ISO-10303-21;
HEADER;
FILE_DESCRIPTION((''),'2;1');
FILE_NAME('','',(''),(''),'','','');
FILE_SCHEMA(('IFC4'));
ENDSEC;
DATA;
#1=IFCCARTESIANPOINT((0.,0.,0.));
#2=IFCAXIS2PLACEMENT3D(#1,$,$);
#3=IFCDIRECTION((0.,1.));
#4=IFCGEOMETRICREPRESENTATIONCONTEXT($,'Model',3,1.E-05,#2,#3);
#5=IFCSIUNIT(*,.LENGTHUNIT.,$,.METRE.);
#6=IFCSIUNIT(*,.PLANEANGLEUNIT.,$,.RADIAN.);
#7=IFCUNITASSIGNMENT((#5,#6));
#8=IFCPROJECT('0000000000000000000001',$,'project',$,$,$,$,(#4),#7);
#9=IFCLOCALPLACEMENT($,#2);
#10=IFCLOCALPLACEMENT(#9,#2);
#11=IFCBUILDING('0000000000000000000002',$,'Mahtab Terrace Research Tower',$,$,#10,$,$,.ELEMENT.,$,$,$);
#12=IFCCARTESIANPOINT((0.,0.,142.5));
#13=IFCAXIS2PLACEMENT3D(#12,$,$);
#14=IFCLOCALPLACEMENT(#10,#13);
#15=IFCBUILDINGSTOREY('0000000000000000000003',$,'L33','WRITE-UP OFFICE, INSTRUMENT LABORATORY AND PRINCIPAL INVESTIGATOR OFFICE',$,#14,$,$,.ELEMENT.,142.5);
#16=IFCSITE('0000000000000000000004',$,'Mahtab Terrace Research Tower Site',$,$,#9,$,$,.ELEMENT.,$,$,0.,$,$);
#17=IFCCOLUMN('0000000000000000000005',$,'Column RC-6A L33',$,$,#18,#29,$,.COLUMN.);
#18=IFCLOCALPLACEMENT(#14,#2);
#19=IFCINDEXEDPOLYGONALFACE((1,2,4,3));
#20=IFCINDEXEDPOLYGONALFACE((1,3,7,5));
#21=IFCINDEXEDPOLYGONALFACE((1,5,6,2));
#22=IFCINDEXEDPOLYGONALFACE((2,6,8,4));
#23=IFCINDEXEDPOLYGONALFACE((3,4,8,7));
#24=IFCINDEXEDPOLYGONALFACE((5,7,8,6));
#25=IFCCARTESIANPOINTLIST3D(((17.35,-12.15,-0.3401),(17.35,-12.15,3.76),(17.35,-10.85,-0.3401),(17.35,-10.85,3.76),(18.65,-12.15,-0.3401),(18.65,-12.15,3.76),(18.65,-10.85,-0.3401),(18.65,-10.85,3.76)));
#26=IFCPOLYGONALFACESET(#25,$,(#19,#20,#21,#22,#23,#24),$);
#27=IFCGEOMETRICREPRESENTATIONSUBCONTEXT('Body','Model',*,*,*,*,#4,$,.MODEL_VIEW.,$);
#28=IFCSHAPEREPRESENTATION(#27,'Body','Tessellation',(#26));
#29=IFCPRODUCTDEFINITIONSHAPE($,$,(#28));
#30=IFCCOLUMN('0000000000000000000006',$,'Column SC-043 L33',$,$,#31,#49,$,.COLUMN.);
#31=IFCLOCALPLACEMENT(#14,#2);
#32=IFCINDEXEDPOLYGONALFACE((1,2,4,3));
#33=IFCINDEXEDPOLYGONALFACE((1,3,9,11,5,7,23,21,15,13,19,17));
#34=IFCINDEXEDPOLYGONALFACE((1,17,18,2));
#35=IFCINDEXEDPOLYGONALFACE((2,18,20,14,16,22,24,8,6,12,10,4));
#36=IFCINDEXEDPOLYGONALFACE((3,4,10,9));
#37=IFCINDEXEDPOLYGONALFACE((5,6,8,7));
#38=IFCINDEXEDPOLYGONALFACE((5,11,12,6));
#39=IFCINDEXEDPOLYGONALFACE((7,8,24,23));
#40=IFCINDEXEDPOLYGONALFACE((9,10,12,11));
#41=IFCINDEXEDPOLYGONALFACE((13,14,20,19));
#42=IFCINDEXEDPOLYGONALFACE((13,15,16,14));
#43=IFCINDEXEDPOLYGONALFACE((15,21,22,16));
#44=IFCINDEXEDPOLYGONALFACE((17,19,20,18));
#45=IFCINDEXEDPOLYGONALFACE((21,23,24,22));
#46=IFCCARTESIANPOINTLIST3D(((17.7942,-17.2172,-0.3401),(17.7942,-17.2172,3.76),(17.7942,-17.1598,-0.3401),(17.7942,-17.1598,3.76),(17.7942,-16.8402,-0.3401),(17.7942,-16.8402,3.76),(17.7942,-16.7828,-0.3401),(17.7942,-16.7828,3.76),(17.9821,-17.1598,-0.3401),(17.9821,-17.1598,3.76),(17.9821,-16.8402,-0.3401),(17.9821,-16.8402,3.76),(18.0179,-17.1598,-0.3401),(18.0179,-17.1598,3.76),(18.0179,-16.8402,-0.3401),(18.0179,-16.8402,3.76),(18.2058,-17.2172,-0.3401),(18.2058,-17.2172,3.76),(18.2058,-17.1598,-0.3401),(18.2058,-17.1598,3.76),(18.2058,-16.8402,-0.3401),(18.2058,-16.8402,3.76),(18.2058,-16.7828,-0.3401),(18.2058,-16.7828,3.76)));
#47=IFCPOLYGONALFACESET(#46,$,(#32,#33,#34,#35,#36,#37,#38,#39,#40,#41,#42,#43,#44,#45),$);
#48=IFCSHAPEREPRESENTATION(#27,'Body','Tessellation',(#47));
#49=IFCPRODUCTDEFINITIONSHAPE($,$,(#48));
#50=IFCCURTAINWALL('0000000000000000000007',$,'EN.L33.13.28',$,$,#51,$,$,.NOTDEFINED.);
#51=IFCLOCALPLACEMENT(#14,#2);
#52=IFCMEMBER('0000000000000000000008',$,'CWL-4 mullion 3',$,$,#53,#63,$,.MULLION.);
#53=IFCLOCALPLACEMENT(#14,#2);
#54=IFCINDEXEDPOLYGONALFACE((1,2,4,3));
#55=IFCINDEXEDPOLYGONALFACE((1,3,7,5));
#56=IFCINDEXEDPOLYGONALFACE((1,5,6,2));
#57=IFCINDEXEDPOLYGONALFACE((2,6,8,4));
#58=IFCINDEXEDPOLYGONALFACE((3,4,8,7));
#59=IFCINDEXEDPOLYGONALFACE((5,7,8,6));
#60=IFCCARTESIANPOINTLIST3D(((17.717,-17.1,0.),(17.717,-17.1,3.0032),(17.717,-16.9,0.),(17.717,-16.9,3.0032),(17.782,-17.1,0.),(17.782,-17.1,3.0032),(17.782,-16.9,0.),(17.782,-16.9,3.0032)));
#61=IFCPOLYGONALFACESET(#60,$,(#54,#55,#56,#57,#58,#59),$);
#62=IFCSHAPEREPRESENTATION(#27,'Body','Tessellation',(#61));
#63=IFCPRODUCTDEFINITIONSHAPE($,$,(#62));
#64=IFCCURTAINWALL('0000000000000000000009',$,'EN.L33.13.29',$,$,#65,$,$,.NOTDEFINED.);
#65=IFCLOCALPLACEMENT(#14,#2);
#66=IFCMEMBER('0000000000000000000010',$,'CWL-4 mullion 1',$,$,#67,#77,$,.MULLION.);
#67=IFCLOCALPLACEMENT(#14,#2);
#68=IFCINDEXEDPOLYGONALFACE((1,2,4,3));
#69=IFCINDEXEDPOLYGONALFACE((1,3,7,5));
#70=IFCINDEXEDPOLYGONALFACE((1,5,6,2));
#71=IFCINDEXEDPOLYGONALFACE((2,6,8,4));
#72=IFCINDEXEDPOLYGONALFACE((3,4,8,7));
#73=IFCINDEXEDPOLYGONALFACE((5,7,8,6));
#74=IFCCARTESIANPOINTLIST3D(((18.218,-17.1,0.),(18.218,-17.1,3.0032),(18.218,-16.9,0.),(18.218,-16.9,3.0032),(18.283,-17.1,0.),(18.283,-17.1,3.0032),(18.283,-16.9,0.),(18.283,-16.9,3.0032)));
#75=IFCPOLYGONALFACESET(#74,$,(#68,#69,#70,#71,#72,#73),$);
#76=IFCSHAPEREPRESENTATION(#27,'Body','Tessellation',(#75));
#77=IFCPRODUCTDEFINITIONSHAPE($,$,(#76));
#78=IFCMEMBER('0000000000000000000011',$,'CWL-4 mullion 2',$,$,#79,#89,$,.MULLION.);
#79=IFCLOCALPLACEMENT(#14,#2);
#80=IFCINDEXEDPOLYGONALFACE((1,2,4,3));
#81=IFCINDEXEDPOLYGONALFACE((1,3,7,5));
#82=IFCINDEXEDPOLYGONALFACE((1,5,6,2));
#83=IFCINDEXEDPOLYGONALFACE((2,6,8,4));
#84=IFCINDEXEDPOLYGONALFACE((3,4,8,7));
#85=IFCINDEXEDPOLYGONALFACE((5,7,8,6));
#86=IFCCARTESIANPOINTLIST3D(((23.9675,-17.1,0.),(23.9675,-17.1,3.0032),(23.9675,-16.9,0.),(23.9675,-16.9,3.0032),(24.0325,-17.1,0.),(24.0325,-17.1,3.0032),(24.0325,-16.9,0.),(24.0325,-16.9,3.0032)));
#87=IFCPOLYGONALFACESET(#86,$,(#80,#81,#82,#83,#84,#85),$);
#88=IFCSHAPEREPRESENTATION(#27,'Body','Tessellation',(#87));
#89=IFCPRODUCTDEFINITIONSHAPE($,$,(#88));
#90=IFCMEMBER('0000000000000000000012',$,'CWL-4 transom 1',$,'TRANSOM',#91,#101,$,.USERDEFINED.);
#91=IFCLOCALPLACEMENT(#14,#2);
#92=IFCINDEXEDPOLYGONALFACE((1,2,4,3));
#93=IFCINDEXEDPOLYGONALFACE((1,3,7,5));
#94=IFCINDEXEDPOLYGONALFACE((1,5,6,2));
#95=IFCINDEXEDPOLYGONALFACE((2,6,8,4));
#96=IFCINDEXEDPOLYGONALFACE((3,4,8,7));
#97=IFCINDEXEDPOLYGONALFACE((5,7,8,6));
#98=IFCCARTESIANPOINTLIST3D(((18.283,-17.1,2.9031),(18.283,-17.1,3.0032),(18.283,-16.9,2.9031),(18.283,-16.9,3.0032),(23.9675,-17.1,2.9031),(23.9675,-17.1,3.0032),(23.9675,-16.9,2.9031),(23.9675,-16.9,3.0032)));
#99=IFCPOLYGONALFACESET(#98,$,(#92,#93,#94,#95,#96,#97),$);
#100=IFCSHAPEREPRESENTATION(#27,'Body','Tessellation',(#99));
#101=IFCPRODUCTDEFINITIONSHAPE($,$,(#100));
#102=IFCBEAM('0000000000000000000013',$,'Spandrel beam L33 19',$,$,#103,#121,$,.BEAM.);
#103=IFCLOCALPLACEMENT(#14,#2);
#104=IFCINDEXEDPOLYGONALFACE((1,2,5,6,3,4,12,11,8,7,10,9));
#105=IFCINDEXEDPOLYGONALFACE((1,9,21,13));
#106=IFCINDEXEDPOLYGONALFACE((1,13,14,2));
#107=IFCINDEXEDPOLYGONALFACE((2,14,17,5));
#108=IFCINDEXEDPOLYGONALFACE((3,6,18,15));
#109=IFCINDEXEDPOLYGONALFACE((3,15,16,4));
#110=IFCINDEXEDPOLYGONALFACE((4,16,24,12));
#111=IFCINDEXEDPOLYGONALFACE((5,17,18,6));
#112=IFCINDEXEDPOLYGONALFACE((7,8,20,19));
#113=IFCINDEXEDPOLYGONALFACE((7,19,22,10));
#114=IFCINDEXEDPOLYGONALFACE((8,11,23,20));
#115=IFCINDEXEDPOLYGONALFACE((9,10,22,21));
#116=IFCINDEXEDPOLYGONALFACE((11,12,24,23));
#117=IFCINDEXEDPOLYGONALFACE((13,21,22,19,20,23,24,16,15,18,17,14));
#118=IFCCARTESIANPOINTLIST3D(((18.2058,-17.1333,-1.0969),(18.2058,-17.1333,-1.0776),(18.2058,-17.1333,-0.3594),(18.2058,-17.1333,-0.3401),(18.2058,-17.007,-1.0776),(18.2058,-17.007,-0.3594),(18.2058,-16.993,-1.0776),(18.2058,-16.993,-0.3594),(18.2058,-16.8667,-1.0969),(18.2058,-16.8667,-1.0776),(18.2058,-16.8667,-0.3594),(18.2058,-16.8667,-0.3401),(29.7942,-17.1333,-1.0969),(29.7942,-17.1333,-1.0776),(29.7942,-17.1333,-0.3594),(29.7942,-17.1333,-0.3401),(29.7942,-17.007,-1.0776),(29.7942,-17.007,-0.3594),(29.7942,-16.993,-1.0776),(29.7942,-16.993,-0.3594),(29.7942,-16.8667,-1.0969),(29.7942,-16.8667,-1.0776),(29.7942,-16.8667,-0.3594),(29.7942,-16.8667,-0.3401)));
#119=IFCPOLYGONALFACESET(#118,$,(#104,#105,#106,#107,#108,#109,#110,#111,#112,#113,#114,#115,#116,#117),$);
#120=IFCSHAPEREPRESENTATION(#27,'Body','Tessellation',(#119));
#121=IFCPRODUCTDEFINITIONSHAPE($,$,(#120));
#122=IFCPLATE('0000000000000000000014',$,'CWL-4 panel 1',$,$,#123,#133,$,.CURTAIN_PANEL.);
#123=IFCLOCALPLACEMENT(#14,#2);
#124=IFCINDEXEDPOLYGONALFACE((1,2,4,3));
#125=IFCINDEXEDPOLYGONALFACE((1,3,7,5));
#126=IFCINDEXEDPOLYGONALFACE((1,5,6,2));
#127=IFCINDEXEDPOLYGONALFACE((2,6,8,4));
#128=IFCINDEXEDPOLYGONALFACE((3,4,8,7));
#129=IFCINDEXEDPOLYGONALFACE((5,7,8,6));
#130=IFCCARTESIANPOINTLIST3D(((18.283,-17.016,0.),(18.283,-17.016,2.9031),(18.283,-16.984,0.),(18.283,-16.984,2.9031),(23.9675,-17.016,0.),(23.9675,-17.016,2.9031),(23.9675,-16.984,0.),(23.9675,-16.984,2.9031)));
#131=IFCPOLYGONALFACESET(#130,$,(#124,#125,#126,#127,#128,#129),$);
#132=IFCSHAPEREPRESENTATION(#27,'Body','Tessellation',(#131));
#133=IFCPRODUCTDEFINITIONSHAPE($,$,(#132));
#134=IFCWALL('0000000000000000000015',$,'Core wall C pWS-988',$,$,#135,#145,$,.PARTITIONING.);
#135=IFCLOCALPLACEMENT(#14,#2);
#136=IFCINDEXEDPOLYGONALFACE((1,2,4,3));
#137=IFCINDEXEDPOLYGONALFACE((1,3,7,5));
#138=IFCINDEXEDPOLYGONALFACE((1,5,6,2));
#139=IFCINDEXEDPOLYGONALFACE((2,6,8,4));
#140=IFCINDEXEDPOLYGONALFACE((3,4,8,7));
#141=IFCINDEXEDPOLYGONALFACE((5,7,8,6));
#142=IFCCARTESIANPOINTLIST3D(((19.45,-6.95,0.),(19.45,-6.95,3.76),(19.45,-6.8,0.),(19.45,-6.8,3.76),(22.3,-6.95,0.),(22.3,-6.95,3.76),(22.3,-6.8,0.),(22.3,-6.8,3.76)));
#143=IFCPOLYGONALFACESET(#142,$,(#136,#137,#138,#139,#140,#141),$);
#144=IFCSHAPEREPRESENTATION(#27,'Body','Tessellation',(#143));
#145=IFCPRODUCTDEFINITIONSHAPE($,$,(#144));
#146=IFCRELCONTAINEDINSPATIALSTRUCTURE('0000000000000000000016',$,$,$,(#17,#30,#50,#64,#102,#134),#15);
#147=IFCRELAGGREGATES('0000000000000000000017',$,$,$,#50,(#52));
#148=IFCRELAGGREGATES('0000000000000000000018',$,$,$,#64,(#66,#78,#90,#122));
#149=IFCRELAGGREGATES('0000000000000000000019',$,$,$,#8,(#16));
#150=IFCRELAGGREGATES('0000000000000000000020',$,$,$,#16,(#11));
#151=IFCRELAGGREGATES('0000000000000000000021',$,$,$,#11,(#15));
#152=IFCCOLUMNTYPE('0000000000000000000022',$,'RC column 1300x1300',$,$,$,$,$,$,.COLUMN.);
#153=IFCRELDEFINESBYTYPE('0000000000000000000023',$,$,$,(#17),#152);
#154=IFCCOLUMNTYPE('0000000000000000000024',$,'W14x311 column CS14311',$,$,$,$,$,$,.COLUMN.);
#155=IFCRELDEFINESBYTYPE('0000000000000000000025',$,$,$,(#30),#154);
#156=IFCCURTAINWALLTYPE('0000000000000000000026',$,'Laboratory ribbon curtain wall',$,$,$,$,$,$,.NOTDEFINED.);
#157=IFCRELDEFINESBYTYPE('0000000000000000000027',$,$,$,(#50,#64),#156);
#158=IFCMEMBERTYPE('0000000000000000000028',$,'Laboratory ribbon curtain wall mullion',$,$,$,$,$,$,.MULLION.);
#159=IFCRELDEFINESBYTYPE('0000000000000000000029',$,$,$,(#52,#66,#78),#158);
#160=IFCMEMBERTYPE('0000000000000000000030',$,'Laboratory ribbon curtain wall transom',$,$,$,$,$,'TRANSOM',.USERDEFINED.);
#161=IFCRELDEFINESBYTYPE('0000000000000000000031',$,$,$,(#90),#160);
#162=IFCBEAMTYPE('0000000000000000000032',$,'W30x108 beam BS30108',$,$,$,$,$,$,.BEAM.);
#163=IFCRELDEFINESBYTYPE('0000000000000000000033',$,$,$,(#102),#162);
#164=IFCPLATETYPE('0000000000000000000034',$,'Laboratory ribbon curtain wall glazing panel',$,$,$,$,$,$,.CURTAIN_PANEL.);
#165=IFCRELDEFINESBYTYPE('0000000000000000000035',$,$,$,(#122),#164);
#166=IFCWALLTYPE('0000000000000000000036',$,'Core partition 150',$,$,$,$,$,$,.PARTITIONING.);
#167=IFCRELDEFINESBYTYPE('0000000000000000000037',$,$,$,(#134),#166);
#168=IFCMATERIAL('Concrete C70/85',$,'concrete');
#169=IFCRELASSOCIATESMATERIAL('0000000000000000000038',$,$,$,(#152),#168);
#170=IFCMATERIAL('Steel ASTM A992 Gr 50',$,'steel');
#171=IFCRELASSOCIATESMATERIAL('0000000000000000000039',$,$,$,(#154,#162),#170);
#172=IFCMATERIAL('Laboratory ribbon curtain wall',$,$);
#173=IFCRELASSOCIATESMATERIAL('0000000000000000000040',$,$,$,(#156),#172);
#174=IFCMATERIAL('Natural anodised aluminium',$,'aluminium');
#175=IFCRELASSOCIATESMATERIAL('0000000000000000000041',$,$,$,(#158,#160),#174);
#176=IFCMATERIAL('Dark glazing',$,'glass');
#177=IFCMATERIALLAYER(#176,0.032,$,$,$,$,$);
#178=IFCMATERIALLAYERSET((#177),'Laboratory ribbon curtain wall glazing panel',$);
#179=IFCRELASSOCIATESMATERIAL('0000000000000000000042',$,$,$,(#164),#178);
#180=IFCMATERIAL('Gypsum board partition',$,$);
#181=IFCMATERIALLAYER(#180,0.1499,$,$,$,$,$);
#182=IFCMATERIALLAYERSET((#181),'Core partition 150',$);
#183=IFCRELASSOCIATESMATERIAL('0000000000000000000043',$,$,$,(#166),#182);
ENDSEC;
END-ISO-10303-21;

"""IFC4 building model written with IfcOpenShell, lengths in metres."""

from ifc_helpers import new_model, si_unit, direction, frame, frame_2d, origin, origin_2d, place, context, subcontext, project, spatial, rectangle, i_section, extrude, material, layer, layer_set, material_profile, profile_set, type_object, element, aggregate, save


model = new_model("IFC4")

# Units and contexts
model_context = context("Model", 3, precision=1e-05, world=origin(), true_north=direction((0.0, 1.0)))
body_context = subcontext(model_context, "Body", "Model", "MODEL_VIEW")
ifc_project = project(units=[si_unit("LENGTHUNIT", "METRE"), si_unit("PLANEANGLEUNIT", "RADIAN")], contexts=[model_context])

# Site, building, storey
site_placement = place(None, origin())
site = spatial("IfcSite", under=ifc_project, at=site_placement, Name="Mahtab Terrace Research Tower Site", CompositionType="ELEMENT", RefElevation=0.0)
building_placement = place(site_placement, origin())
building = spatial("IfcBuilding", under=site, at=building_placement, Name="Mahtab Terrace Research Tower", CompositionType="ELEMENT")
storey_placement = place(building_placement, frame((0.0, 0.0, 142.5)))
storey = spatial("IfcBuildingStorey", under=building, at=storey_placement, Name="L33", Description="WRITE-UP OFFICE, INSTRUMENT LABORATORY AND PRINCIPAL INVESTIGATOR OFFICE", CompositionType="ELEMENT", Elevation=142.5)

# Columns
ifc_material_1 = material(Name="Concrete C70/85", Category="concrete")
ifc_material_profile_1 = material_profile(ifc_material_1, rectangle(XDim=1.3, YDim=1.3, at=origin_2d()), Name="RC column 1300x1300")
ifc_profile_set_1 = profile_set([ifc_material_profile_1], Name="Concrete C70/85")
column_type_1 = type_object("IfcColumnType", Name="RC column 1300x1300", PredefinedType="COLUMN", material=ifc_profile_set_1)
column_1_placement = place(storey_placement, frame((18.0, -11.5, -0.3401), z_axis=(0.0, 0.0, 1.0), x_axis=(1.0, 0.0, 0.0)))
element("IfcColumn", 1, at=column_1_placement, inside=storey, type_object=column_type_1, Name="Column RC-6A L33", PredefinedType="COLUMN", context=body_context, shape_type="SweptSolid", body=[
    extrude(rectangle(XDim=1.3, YDim=1.3, at=origin_2d()), origin(), (0.0, 0.0, 1.0), 4.1001),
])
ifc_material_2 = material(Name="Steel ASTM A992 Gr 50", Category="steel")
ifc_material_profile_2 = material_profile(ifc_material_2, i_section(OverallWidth=0.4116, OverallDepth=0.4343, WebThickness=0.0359, FlangeThickness=0.0574, at=origin_2d()), Name="W14X311")
ifc_profile_set_2 = profile_set([ifc_material_profile_2], Name="Steel ASTM A992 Gr 50")
column_type_2 = type_object("IfcColumnType", Name="W14x311 column CS14311", PredefinedType="COLUMN", material=ifc_profile_set_2)
column_2_placement = place(storey_placement, frame((18.0, -17.0, -0.3401), z_axis=(0.0, 0.0, 1.0), x_axis=(1.0, 0.0, 0.0)))
element("IfcColumn", 2, at=column_2_placement, inside=storey, type_object=column_type_2, Name="Column SC-043 L33", PredefinedType="COLUMN", context=body_context, shape_type="SweptSolid", body=[
    extrude(i_section(OverallWidth=0.4116, OverallDepth=0.4343, WebThickness=0.0359, FlangeThickness=0.0574, at=origin_2d()), origin(), (0.0, 0.0, 1.0), 4.1001),
])

# Curtain wall, member
ifc_material_3 = material(Name="Laboratory ribbon curtain wall")
curtain_wall_type = type_object("IfcCurtainWallType", Name="Laboratory ribbon curtain wall", PredefinedType="NOTDEFINED", material=ifc_material_3)
curtain_wall_1_placement = place(storey_placement, origin())
curtain_wall_1 = element("IfcCurtainWall", 3, at=curtain_wall_1_placement, inside=storey, type_object=curtain_wall_type, Name="EN.L33.13.28", PredefinedType="NOTDEFINED")
ifc_material_4 = material(Name="Natural anodised aluminium", Category="aluminium")
ifc_material_profile_3 = material_profile(ifc_material_4, rectangle(XDim=0.2, YDim=0.0649, at=origin_2d()), Name="MULLION 65x200")
ifc_profile_set_3 = profile_set([ifc_material_profile_3], Name="Natural anodised aluminium")
member_type_1 = type_object("IfcMemberType", Name="Laboratory ribbon curtain wall mullion", PredefinedType="MULLION", material=ifc_profile_set_3)
member_1_placement = place(storey_placement, frame((17.7495, -17.0, 0.0), z_axis=(0.0, 0.0, 1.0), x_axis=(0.0, 1.0, 0.0)))
member_1 = element("IfcMember", 4, at=member_1_placement, type_object=member_type_1, Name="CWL-4 mullion 3", PredefinedType="MULLION", context=body_context, shape_type="SweptSolid", body=[
    extrude(rectangle(XDim=0.2, YDim=0.0649, at=origin_2d()), origin(), (0.0, 0.0, 1.0), 3.0032),
])
aggregate(curtain_wall_1, [member_1])

# Curtain wall, members
curtain_wall_2_placement = place(storey_placement, origin())
curtain_wall_2 = element("IfcCurtainWall", 5, at=curtain_wall_2_placement, inside=storey, type_object=curtain_wall_type, Name="EN.L33.13.29", PredefinedType="NOTDEFINED")
member_2_placement = place(storey_placement, frame((18.2505, -17.0, 0.0), z_axis=(0.0, 0.0, 1.0), x_axis=(0.0, 1.0, 0.0)))
member_2 = element("IfcMember", 6, at=member_2_placement, type_object=member_type_1, Name="CWL-4 mullion 1", PredefinedType="MULLION", context=body_context, shape_type="SweptSolid", body=[
    extrude(rectangle(XDim=0.2, YDim=0.0649, at=origin_2d()), origin(), (0.0, 0.0, 1.0), 3.0032),
])
member_3_placement = place(storey_placement, frame((24.0, -17.0, 0.0), z_axis=(0.0, 0.0, 1.0), x_axis=(0.0, 1.0, 0.0)))
member_3 = element("IfcMember", 7, at=member_3_placement, type_object=member_type_1, Name="CWL-4 mullion 2", PredefinedType="MULLION", context=body_context, shape_type="SweptSolid", body=[
    extrude(rectangle(XDim=0.2, YDim=0.0649, at=origin_2d()), origin(), (0.0, 0.0, 1.0), 3.0032),
])
ifc_material_profile_4 = material_profile(ifc_material_4, rectangle(XDim=0.2, YDim=0.1001, at=origin_2d()), Name="TRANSOM 100x200")
ifc_profile_set_4 = profile_set([ifc_material_profile_4], Name="Natural anodised aluminium")
member_type_2 = type_object("IfcMemberType", Name="Laboratory ribbon curtain wall transom", ElementType="TRANSOM", PredefinedType="USERDEFINED", material=ifc_profile_set_4)
member_4_placement = place(storey_placement, frame((18.283, -17.0, 2.9531), z_axis=(1.0, 0.0, 0.0), x_axis=(0.0, 1.0, 0.0)))
member_4 = element("IfcMember", 8, at=member_4_placement, type_object=member_type_2, Name="CWL-4 transom 1", ObjectType="TRANSOM", PredefinedType="USERDEFINED", context=body_context, shape_type="SweptSolid", body=[
    extrude(rectangle(XDim=0.2, YDim=0.1001, at=origin_2d()), origin(), (0.0, 0.0, 1.0), 5.6846),
])

# Beam
ifc_material_profile_5 = material_profile(ifc_material_2, i_section(OverallWidth=0.2666, OverallDepth=0.7568, WebThickness=0.0139, FlangeThickness=0.0193, at=origin_2d()), Name="W30X108")
ifc_profile_set_5 = profile_set([ifc_material_profile_5], Name="Steel ASTM A992 Gr 50")
beam_type = type_object("IfcBeamType", Name="W30x108 beam BS30108", PredefinedType="BEAM", material=ifc_profile_set_5)
beam_placement = place(storey_placement, frame((18.2058, -17.0, -0.7185), z_axis=(1.0, 0.0, 0.0), x_axis=(0.0, 1.0, 0.0)))
element("IfcBeam", 9, at=beam_placement, inside=storey, type_object=beam_type, Name="Spandrel beam L33 19", PredefinedType="BEAM", context=body_context, shape_type="SweptSolid", body=[
    extrude(i_section(OverallWidth=0.2666, OverallDepth=0.7568, WebThickness=0.0139, FlangeThickness=0.0193, at=origin_2d()), origin(), (0.0, 0.0, 1.0), 11.5884),
])

# Plate
ifc_material_5 = material(Name="Dark glazing", Category="glass")
ifc_layer_1 = layer(ifc_material_5, 0.032)
ifc_layer_set_1 = layer_set([ifc_layer_1], Name="Laboratory ribbon curtain wall glazing panel")
plate_type = type_object("IfcPlateType", Name="Laboratory ribbon curtain wall glazing panel", PredefinedType="CURTAIN_PANEL", material=ifc_layer_set_1)
plate_placement = place(storey_placement, frame((21.1252, -17.0, 0.0), z_axis=(0.0, 0.0, 1.0), x_axis=(1.0, 0.0, 0.0)))
plate = element("IfcPlate", 10, at=plate_placement, type_object=plate_type, Name="CWL-4 panel 1", PredefinedType="CURTAIN_PANEL", context=body_context, shape_type="SweptSolid", body=[
    extrude(rectangle(XDim=5.6846, YDim=0.032, at=origin_2d()), origin(), (0.0, 0.0, 1.0), 2.9031),
])
aggregate(curtain_wall_2, [member_2, member_3, member_4, plate])

# Wall
ifc_material_6 = material(Name="Gypsum board partition")
ifc_layer_2 = layer(ifc_material_6, 0.1499)
ifc_layer_set_2 = layer_set([ifc_layer_2], Name="Core partition 150")
wall_type_1 = type_object("IfcWallType", Name="Core partition 150", PredefinedType="PARTITIONING", material=ifc_layer_set_2)
wall_1_placement = place(storey_placement, frame((19.45, -6.875, 0.0), z_axis=(0.0, 0.0, 1.0), x_axis=(1.0, 0.0, 0.0)))
element("IfcWall", 11, at=wall_1_placement, inside=storey, type_object=wall_type_1, Name="Core wall C pWS-988", PredefinedType="PARTITIONING", context=body_context, shape_type="SweptSolid", body=[
    extrude(rectangle(XDim=2.8501, YDim=0.1499, at=frame_2d((1.425, 0.0))), origin(), (0.0, 0.0, 1.0), 3.76),
])

save(model, "model.ifc")
